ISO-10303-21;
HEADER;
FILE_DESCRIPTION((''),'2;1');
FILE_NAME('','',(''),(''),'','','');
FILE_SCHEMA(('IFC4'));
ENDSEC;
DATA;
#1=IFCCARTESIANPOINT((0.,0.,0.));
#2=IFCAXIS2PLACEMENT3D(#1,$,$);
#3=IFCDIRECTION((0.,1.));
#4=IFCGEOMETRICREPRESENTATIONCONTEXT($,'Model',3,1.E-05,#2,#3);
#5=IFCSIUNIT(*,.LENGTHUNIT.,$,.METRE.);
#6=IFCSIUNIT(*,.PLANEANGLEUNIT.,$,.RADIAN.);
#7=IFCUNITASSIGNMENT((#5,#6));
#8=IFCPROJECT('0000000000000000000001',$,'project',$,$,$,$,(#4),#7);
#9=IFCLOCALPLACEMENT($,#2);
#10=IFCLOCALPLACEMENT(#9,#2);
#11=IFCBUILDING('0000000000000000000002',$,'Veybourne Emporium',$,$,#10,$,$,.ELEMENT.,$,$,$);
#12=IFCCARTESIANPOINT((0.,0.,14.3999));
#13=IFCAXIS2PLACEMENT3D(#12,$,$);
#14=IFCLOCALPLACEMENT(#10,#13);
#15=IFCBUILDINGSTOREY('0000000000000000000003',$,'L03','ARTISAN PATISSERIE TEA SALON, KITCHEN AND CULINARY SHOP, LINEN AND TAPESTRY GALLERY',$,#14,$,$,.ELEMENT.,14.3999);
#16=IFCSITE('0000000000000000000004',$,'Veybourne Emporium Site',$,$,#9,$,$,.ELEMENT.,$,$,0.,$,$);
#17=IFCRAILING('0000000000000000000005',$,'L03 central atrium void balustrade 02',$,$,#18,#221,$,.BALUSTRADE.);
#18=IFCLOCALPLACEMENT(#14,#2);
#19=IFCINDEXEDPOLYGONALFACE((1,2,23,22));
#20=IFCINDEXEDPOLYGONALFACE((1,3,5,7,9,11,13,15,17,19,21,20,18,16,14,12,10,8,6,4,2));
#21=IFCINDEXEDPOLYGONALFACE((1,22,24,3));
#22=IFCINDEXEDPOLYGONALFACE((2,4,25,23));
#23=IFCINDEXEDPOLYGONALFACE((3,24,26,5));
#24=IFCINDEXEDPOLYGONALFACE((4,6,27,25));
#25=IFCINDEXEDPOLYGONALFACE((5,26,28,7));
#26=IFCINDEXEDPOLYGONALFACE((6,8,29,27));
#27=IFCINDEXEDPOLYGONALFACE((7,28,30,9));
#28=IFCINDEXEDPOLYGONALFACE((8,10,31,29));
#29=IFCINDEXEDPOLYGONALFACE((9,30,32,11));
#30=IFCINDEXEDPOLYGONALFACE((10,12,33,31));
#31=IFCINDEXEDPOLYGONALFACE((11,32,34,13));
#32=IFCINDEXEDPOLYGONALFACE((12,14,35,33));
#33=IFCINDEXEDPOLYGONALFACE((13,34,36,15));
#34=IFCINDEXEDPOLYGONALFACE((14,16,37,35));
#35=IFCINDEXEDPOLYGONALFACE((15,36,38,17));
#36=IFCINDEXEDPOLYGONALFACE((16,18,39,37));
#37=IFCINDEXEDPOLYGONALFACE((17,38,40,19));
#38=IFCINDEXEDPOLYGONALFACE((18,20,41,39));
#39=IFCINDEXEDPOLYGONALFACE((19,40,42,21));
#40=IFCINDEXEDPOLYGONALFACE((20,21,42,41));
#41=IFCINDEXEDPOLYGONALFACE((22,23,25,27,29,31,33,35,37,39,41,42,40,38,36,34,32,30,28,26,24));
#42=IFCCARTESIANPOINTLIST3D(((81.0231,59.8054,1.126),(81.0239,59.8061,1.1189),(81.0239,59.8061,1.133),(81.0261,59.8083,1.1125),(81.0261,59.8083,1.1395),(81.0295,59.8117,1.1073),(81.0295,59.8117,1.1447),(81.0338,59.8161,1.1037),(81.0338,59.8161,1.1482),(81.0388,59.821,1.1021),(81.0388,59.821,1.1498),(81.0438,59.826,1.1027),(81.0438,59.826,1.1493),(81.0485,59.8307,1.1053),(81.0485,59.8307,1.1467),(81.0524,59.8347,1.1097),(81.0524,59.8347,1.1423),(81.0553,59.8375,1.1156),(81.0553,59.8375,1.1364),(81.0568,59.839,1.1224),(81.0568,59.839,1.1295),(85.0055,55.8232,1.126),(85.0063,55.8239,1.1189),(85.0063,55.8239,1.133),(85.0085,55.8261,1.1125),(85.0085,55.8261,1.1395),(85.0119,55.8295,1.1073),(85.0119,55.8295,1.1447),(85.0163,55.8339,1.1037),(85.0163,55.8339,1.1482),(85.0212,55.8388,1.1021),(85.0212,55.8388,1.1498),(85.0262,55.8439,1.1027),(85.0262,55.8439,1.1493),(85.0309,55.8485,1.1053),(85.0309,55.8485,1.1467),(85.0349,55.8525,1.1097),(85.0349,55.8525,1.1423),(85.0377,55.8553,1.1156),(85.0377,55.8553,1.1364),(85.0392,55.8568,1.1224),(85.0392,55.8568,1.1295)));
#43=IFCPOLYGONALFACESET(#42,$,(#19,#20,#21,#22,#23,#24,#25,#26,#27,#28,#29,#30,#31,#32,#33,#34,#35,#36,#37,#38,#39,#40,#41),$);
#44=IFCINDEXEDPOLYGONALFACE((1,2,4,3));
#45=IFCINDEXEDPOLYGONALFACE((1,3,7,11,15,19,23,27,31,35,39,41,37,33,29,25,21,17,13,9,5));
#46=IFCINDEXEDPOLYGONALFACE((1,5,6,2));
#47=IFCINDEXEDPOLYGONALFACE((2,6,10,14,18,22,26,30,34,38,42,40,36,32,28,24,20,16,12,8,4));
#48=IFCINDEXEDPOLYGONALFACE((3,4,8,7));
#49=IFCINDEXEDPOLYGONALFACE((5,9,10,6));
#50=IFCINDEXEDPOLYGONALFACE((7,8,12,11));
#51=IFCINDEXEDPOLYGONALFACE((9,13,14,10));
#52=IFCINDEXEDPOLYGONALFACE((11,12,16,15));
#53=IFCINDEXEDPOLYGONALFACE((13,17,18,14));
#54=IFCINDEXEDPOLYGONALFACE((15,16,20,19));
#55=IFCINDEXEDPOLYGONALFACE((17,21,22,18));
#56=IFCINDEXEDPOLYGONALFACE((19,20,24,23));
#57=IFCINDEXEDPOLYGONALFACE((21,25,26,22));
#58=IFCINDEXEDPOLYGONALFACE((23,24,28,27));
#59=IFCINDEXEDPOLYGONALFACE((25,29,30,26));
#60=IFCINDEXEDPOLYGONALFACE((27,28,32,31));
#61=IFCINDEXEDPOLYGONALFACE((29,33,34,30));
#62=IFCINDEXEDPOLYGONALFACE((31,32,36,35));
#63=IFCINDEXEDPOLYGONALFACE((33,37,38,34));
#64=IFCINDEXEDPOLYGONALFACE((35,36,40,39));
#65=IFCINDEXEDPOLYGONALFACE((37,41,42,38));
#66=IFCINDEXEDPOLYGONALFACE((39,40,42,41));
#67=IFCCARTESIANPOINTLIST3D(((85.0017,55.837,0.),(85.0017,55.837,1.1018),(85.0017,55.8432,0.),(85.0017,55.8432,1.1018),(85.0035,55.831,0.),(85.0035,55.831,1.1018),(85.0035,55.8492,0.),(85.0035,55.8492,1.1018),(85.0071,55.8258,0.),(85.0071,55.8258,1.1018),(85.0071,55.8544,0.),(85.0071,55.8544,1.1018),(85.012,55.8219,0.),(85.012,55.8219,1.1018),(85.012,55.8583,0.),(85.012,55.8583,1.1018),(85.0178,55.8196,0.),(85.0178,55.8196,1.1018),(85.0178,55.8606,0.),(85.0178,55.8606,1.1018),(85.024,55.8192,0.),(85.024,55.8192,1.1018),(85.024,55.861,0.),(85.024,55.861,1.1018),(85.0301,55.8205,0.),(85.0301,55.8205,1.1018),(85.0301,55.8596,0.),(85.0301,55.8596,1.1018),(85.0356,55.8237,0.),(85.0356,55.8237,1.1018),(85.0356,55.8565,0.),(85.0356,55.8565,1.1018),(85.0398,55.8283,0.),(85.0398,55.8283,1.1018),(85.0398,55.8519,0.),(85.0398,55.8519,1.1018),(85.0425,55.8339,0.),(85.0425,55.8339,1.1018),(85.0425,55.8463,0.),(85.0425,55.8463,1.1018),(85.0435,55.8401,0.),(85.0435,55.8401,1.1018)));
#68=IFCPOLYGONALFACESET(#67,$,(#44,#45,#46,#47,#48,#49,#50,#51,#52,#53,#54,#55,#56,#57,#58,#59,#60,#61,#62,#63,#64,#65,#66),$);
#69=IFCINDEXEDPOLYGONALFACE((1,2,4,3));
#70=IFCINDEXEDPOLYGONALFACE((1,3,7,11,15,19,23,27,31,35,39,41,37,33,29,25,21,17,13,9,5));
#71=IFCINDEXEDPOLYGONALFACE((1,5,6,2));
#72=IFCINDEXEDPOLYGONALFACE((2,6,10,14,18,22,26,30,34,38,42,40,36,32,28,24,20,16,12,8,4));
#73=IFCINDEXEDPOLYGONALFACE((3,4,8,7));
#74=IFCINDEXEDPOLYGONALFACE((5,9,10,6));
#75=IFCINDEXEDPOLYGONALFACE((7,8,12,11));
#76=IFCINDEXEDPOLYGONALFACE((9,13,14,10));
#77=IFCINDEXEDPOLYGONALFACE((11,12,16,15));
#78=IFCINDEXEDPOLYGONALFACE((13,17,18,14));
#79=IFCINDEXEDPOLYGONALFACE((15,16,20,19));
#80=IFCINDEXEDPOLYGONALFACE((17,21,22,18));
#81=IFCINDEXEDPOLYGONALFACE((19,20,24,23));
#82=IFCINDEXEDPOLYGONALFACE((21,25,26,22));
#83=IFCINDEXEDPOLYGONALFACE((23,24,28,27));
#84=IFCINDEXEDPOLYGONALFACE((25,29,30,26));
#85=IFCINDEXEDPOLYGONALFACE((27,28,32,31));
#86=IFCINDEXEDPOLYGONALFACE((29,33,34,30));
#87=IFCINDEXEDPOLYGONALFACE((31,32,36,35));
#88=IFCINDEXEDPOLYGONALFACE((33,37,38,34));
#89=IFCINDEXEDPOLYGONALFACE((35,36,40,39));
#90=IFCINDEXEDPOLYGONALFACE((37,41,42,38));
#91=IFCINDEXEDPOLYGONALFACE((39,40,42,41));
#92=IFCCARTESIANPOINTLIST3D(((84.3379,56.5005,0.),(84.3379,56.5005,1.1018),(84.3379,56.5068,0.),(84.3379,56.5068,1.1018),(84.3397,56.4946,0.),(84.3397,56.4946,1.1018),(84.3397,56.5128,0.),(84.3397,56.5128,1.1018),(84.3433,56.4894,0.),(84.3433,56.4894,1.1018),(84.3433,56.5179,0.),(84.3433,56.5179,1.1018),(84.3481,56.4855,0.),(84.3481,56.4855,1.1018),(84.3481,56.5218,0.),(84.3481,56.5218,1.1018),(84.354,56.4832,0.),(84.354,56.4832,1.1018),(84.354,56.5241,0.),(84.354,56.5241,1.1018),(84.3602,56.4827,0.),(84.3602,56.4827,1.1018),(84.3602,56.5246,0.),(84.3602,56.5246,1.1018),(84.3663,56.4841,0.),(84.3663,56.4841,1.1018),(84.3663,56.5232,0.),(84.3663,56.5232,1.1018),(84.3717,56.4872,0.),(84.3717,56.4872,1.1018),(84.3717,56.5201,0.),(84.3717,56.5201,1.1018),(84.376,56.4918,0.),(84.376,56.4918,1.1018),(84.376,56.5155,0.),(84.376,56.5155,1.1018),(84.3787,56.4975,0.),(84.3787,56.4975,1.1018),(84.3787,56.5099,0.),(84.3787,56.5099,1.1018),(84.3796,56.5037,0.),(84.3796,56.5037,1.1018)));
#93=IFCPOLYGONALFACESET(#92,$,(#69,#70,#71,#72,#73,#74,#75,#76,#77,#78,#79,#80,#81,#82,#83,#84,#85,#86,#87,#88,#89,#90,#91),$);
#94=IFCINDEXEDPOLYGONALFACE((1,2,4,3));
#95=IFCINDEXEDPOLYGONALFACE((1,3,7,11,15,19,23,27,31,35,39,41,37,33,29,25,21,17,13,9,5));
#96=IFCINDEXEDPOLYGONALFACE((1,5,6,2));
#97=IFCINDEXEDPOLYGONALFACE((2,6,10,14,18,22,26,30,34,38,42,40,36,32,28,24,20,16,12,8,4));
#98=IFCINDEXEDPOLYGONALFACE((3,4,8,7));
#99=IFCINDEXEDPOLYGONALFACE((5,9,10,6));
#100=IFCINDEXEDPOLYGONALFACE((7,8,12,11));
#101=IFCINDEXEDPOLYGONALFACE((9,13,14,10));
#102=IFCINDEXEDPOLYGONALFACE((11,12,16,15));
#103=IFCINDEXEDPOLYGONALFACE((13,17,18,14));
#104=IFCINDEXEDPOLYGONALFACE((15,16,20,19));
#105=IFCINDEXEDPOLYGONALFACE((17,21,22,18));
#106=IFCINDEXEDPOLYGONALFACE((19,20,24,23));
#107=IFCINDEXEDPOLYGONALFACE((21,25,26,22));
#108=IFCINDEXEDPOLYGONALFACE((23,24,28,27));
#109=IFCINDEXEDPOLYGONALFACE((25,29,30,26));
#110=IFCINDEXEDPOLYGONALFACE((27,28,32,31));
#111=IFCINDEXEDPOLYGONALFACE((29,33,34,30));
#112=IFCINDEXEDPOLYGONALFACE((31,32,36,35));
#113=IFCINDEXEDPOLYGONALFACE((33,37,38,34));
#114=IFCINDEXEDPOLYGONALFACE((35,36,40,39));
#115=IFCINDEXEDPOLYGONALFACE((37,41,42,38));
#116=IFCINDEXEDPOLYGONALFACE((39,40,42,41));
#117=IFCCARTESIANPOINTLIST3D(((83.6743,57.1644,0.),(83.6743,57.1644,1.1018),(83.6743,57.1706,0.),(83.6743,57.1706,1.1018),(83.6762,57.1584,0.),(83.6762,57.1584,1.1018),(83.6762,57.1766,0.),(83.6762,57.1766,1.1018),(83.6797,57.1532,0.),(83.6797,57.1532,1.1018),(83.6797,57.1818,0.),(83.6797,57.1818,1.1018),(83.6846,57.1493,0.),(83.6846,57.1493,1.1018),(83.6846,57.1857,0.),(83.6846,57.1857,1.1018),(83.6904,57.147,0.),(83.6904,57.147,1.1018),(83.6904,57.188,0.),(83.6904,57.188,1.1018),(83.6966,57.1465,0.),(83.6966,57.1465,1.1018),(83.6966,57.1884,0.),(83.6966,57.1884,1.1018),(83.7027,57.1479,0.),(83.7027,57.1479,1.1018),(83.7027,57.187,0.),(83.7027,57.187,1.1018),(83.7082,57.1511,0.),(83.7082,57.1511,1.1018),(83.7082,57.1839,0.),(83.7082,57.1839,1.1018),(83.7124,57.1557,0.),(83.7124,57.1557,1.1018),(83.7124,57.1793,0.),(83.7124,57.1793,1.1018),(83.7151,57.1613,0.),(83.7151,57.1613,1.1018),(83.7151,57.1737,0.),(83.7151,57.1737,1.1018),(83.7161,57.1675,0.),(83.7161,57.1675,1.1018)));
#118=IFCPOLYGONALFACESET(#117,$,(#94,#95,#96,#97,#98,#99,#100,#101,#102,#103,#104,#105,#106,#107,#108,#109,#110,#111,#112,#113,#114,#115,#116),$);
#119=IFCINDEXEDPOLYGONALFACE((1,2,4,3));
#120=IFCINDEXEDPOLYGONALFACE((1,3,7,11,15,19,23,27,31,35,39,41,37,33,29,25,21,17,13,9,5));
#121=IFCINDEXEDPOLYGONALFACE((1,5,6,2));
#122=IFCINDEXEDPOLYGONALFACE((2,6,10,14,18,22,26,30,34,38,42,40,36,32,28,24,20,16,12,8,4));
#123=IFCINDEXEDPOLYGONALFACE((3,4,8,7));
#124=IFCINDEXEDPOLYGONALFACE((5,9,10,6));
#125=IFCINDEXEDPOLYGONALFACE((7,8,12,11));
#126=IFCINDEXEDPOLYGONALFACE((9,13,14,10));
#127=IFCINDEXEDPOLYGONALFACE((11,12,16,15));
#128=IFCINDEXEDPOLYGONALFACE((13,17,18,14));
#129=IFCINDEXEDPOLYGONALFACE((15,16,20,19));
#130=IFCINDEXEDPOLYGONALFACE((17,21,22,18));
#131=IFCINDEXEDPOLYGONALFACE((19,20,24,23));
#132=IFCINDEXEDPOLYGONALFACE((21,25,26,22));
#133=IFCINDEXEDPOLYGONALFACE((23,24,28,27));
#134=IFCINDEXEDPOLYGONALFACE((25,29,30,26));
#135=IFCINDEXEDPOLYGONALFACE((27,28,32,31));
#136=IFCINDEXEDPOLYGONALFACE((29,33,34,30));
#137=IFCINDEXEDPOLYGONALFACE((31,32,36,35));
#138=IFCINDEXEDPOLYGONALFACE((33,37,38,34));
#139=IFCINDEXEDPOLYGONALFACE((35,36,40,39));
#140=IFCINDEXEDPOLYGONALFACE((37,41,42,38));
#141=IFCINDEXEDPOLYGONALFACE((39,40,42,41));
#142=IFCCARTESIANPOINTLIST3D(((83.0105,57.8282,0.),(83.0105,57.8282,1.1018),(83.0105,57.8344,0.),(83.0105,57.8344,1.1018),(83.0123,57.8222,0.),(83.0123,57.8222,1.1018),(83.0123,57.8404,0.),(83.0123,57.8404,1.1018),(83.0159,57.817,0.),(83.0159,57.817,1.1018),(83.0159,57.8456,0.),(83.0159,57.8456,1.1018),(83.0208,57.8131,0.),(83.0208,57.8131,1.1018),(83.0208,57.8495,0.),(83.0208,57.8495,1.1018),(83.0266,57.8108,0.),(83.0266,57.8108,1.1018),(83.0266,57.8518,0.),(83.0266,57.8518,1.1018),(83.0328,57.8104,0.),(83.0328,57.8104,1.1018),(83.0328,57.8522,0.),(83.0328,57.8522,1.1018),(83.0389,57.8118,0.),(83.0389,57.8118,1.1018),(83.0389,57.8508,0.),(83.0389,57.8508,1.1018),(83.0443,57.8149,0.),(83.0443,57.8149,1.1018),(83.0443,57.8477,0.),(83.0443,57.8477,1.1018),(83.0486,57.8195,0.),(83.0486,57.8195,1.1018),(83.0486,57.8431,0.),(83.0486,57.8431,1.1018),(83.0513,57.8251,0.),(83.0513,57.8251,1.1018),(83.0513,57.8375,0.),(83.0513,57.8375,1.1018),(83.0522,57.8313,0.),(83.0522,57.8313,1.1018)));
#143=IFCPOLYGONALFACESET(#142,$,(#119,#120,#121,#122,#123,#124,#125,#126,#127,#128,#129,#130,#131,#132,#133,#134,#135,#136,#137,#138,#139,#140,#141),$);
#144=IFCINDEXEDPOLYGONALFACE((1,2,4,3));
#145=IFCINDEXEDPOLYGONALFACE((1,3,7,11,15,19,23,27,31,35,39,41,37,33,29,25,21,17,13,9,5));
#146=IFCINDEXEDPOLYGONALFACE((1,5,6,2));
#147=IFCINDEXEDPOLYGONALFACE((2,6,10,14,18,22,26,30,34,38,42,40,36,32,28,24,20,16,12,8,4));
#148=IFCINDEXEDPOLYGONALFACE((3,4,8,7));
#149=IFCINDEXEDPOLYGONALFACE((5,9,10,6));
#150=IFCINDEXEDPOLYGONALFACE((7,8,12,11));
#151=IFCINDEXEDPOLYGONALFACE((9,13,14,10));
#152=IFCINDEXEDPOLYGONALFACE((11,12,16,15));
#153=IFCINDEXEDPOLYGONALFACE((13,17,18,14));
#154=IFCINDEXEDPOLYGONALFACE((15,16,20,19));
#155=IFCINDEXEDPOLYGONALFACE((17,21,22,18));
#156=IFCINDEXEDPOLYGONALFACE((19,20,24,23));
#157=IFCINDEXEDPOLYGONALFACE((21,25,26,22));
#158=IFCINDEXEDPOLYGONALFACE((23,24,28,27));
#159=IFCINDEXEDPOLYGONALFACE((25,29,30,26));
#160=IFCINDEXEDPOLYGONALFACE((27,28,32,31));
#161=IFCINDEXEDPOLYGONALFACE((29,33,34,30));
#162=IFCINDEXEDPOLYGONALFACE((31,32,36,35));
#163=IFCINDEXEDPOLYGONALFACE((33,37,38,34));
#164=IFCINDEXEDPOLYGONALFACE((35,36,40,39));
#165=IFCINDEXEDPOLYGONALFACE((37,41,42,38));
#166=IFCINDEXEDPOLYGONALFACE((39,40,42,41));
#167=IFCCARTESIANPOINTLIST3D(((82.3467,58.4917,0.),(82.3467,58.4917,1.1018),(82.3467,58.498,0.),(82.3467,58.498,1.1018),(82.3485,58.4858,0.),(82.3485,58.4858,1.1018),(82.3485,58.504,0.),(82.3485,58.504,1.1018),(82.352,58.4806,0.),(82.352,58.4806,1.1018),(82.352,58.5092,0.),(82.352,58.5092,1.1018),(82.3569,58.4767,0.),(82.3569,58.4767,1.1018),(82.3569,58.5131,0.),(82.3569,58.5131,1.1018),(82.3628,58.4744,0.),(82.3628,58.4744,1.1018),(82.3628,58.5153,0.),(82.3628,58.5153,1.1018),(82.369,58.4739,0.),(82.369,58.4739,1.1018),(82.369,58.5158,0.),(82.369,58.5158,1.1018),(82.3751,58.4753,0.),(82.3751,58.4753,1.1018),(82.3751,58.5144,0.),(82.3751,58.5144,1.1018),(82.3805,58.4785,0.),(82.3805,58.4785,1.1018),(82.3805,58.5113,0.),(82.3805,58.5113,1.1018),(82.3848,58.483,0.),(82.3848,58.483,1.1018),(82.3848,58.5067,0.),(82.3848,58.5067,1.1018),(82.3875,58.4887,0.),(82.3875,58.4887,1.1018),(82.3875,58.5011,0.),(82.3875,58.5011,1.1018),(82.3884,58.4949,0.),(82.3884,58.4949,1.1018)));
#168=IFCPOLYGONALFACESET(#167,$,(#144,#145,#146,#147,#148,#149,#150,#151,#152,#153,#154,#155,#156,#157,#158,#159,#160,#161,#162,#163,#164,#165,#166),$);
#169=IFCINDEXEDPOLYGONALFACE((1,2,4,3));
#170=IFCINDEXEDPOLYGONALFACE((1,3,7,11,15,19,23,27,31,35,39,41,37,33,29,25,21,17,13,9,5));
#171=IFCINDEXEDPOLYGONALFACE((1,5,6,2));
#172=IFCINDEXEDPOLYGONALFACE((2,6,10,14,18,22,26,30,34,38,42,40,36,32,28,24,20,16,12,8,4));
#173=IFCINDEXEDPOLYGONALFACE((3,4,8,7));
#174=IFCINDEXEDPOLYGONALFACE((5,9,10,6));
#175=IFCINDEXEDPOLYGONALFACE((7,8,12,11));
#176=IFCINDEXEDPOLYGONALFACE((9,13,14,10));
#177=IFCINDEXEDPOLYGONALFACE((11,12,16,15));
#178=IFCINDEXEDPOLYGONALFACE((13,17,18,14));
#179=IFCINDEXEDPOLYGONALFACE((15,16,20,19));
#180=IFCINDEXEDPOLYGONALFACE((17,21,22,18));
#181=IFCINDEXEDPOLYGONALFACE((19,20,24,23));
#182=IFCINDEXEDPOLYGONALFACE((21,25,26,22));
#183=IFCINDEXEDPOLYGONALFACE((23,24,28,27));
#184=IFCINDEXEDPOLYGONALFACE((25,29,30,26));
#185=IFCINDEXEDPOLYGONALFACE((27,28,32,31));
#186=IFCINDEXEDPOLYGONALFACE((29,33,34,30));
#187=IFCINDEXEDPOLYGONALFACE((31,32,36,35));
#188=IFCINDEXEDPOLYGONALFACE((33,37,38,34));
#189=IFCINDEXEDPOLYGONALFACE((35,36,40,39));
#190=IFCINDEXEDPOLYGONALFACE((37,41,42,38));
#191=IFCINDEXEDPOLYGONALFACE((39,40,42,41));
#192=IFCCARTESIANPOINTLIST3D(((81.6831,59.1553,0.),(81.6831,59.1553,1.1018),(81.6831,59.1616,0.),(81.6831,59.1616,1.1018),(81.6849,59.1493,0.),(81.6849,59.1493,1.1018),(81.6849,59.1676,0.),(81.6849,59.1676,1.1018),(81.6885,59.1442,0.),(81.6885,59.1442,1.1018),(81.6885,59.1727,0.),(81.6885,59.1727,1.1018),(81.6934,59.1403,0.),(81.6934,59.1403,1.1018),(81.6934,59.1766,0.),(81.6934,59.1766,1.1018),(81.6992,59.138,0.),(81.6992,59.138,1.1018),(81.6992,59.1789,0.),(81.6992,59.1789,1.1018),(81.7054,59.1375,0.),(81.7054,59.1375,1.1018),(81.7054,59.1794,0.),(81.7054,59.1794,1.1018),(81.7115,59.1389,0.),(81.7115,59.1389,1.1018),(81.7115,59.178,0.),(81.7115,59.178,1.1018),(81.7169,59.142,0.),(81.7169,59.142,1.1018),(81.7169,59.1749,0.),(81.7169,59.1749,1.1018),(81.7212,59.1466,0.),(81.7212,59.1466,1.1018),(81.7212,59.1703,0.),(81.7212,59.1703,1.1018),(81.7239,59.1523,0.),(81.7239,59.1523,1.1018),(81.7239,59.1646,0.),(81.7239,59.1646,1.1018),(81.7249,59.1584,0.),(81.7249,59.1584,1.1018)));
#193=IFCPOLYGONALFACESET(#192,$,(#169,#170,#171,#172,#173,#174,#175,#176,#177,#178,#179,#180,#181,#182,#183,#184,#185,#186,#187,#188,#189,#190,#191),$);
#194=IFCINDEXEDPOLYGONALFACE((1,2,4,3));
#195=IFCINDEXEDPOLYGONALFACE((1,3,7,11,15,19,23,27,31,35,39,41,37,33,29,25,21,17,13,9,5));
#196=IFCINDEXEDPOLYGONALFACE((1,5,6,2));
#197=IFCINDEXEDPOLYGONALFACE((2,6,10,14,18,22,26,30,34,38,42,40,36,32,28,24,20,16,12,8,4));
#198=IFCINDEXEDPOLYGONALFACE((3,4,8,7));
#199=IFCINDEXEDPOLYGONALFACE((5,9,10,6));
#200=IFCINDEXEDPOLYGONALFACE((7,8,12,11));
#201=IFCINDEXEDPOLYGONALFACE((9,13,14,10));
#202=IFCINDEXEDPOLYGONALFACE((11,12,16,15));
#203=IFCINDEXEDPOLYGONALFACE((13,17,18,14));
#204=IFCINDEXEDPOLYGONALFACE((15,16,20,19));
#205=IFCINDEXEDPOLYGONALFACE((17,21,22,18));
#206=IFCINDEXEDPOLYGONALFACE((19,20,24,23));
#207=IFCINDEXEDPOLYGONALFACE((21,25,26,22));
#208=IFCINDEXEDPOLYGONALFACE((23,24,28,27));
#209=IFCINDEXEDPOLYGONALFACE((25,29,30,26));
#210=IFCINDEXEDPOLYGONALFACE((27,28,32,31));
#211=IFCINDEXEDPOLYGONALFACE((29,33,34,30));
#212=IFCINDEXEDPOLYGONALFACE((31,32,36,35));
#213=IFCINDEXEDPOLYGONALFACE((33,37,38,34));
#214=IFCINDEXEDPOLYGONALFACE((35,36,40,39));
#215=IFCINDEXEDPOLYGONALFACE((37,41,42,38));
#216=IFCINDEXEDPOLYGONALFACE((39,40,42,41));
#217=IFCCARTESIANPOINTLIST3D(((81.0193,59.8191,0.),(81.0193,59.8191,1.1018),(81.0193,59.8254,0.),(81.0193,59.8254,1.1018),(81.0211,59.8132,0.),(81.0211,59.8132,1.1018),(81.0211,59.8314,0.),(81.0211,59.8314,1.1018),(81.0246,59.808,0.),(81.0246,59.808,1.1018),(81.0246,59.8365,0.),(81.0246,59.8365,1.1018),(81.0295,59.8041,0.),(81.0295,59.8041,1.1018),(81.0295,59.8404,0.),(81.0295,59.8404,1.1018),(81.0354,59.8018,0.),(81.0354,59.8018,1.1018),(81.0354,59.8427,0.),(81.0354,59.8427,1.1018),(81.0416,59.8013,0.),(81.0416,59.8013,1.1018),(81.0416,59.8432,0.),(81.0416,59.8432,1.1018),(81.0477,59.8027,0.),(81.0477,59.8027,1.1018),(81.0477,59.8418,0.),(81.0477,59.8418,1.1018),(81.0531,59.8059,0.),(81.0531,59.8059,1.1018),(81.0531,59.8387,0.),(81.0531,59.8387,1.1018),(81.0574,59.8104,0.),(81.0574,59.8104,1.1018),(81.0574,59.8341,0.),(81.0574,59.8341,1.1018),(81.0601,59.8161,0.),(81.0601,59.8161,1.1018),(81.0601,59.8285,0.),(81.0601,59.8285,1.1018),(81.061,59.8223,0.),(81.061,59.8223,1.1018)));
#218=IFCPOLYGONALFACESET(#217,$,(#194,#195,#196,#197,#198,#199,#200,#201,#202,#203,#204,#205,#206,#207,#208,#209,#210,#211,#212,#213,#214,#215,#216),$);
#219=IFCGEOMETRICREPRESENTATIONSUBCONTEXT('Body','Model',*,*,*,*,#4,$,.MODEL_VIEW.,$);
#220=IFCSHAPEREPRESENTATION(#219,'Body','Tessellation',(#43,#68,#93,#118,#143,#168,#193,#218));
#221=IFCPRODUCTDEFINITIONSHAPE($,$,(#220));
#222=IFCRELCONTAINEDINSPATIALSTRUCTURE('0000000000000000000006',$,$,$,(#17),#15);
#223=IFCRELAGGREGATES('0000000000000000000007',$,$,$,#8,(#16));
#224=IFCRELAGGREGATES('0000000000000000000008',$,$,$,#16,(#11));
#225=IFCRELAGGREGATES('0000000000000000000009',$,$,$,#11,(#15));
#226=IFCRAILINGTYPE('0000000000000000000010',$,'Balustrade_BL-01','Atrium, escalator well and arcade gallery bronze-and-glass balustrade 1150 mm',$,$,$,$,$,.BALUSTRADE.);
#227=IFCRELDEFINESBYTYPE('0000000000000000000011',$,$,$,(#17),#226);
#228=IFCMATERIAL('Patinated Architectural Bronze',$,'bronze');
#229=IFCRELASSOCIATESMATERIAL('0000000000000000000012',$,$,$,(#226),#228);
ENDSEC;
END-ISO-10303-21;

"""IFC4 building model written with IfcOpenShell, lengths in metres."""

from ifc_helpers import new_model, si_unit, direction, frame, origin, origin_2d, place, context, subcontext, project, spatial, circle, extrude, material, type_object, element, save


model = new_model("IFC4")

# Units and contexts
model_context = context("Model", 3, precision=1e-05, world=origin(), true_north=direction((0.0, 1.0)))
body_context = subcontext(model_context, "Body", "Model", "MODEL_VIEW")
ifc_project = project(units=[si_unit("LENGTHUNIT", "METRE"), si_unit("PLANEANGLEUNIT", "RADIAN")], contexts=[model_context])

# Site, building, storey
site_placement = place(None, origin())
site = spatial("IfcSite", under=ifc_project, at=site_placement, Name="Veybourne Emporium Site", CompositionType="ELEMENT", RefElevation=0.0)
building_placement = place(site_placement, origin())
building = spatial("IfcBuilding", under=site, at=building_placement, Name="Veybourne Emporium", CompositionType="ELEMENT")
storey_placement = place(building_placement, frame((0.0, 0.0, 14.3999)))
storey = spatial("IfcBuildingStorey", under=building, at=storey_placement, Name="L03", Description="ARTISAN PATISSERIE TEA SALON, KITCHEN AND CULINARY SHOP, LINEN AND TAPESTRY GALLERY", CompositionType="ELEMENT", Elevation=14.3999)

# Shared definitions
ifc_material_1 = material(Name="Patinated Architectural Bronze", Category="bronze")

# Railing
railing_type = type_object("IfcRailingType", Name="Balustrade_BL-01", Description="Atrium, escalator well and arcade gallery bronze-and-glass balustrade 1150 mm", PredefinedType="BALUSTRADE", material=ifc_material_1)
railing_1_placement = place(storey_placement, frame((85.0225, 55.8401, 0.0)))
element("IfcRailing", 1, at=railing_1_placement, inside=storey, type_object=railing_type, Name="L03 central atrium void balustrade 02", PredefinedType="BALUSTRADE", context=body_context, shape_type="SweptSolid", body=[
    extrude(circle(Radius=0.0239, at=origin_2d()), frame((0.0, 0.0, 1.126), z_axis=(-0.707128, 0.707085, 0.0), x_axis=(-0.707085, -0.707128, 0.0)), (0.0, 0.0, 1.0), 5.6318),
    extrude(circle(Radius=0.021, at=origin_2d()), origin(), (0.0, 0.0, 1.0), 1.1018),
    extrude(circle(Radius=0.021, at=origin_2d()), frame((-0.6638, 0.6636, 0.0)), (0.0, 0.0, 1.0), 1.1018),
    extrude(circle(Radius=0.021, at=origin_2d()), frame((-1.3274, 1.3274, 0.0)), (0.0, 0.0, 1.0), 1.1018),
    extrude(circle(Radius=0.021, at=origin_2d()), frame((-1.9912, 1.9912, 0.0)), (0.0, 0.0, 1.0), 1.1018),
    extrude(circle(Radius=0.021, at=origin_2d()), frame((-2.655, 2.6548, 0.0)), (0.0, 0.0, 1.0), 1.1018),
    extrude(circle(Radius=0.021, at=origin_2d()), frame((-3.3186, 3.3184, 0.0)), (0.0, 0.0, 1.0), 1.1018),
    extrude(circle(Radius=0.021, at=origin_2d()), frame((-3.9824, 3.9822, 0.0)), (0.0, 0.0, 1.0), 1.1018),
])

save(model, "model.ifc")
